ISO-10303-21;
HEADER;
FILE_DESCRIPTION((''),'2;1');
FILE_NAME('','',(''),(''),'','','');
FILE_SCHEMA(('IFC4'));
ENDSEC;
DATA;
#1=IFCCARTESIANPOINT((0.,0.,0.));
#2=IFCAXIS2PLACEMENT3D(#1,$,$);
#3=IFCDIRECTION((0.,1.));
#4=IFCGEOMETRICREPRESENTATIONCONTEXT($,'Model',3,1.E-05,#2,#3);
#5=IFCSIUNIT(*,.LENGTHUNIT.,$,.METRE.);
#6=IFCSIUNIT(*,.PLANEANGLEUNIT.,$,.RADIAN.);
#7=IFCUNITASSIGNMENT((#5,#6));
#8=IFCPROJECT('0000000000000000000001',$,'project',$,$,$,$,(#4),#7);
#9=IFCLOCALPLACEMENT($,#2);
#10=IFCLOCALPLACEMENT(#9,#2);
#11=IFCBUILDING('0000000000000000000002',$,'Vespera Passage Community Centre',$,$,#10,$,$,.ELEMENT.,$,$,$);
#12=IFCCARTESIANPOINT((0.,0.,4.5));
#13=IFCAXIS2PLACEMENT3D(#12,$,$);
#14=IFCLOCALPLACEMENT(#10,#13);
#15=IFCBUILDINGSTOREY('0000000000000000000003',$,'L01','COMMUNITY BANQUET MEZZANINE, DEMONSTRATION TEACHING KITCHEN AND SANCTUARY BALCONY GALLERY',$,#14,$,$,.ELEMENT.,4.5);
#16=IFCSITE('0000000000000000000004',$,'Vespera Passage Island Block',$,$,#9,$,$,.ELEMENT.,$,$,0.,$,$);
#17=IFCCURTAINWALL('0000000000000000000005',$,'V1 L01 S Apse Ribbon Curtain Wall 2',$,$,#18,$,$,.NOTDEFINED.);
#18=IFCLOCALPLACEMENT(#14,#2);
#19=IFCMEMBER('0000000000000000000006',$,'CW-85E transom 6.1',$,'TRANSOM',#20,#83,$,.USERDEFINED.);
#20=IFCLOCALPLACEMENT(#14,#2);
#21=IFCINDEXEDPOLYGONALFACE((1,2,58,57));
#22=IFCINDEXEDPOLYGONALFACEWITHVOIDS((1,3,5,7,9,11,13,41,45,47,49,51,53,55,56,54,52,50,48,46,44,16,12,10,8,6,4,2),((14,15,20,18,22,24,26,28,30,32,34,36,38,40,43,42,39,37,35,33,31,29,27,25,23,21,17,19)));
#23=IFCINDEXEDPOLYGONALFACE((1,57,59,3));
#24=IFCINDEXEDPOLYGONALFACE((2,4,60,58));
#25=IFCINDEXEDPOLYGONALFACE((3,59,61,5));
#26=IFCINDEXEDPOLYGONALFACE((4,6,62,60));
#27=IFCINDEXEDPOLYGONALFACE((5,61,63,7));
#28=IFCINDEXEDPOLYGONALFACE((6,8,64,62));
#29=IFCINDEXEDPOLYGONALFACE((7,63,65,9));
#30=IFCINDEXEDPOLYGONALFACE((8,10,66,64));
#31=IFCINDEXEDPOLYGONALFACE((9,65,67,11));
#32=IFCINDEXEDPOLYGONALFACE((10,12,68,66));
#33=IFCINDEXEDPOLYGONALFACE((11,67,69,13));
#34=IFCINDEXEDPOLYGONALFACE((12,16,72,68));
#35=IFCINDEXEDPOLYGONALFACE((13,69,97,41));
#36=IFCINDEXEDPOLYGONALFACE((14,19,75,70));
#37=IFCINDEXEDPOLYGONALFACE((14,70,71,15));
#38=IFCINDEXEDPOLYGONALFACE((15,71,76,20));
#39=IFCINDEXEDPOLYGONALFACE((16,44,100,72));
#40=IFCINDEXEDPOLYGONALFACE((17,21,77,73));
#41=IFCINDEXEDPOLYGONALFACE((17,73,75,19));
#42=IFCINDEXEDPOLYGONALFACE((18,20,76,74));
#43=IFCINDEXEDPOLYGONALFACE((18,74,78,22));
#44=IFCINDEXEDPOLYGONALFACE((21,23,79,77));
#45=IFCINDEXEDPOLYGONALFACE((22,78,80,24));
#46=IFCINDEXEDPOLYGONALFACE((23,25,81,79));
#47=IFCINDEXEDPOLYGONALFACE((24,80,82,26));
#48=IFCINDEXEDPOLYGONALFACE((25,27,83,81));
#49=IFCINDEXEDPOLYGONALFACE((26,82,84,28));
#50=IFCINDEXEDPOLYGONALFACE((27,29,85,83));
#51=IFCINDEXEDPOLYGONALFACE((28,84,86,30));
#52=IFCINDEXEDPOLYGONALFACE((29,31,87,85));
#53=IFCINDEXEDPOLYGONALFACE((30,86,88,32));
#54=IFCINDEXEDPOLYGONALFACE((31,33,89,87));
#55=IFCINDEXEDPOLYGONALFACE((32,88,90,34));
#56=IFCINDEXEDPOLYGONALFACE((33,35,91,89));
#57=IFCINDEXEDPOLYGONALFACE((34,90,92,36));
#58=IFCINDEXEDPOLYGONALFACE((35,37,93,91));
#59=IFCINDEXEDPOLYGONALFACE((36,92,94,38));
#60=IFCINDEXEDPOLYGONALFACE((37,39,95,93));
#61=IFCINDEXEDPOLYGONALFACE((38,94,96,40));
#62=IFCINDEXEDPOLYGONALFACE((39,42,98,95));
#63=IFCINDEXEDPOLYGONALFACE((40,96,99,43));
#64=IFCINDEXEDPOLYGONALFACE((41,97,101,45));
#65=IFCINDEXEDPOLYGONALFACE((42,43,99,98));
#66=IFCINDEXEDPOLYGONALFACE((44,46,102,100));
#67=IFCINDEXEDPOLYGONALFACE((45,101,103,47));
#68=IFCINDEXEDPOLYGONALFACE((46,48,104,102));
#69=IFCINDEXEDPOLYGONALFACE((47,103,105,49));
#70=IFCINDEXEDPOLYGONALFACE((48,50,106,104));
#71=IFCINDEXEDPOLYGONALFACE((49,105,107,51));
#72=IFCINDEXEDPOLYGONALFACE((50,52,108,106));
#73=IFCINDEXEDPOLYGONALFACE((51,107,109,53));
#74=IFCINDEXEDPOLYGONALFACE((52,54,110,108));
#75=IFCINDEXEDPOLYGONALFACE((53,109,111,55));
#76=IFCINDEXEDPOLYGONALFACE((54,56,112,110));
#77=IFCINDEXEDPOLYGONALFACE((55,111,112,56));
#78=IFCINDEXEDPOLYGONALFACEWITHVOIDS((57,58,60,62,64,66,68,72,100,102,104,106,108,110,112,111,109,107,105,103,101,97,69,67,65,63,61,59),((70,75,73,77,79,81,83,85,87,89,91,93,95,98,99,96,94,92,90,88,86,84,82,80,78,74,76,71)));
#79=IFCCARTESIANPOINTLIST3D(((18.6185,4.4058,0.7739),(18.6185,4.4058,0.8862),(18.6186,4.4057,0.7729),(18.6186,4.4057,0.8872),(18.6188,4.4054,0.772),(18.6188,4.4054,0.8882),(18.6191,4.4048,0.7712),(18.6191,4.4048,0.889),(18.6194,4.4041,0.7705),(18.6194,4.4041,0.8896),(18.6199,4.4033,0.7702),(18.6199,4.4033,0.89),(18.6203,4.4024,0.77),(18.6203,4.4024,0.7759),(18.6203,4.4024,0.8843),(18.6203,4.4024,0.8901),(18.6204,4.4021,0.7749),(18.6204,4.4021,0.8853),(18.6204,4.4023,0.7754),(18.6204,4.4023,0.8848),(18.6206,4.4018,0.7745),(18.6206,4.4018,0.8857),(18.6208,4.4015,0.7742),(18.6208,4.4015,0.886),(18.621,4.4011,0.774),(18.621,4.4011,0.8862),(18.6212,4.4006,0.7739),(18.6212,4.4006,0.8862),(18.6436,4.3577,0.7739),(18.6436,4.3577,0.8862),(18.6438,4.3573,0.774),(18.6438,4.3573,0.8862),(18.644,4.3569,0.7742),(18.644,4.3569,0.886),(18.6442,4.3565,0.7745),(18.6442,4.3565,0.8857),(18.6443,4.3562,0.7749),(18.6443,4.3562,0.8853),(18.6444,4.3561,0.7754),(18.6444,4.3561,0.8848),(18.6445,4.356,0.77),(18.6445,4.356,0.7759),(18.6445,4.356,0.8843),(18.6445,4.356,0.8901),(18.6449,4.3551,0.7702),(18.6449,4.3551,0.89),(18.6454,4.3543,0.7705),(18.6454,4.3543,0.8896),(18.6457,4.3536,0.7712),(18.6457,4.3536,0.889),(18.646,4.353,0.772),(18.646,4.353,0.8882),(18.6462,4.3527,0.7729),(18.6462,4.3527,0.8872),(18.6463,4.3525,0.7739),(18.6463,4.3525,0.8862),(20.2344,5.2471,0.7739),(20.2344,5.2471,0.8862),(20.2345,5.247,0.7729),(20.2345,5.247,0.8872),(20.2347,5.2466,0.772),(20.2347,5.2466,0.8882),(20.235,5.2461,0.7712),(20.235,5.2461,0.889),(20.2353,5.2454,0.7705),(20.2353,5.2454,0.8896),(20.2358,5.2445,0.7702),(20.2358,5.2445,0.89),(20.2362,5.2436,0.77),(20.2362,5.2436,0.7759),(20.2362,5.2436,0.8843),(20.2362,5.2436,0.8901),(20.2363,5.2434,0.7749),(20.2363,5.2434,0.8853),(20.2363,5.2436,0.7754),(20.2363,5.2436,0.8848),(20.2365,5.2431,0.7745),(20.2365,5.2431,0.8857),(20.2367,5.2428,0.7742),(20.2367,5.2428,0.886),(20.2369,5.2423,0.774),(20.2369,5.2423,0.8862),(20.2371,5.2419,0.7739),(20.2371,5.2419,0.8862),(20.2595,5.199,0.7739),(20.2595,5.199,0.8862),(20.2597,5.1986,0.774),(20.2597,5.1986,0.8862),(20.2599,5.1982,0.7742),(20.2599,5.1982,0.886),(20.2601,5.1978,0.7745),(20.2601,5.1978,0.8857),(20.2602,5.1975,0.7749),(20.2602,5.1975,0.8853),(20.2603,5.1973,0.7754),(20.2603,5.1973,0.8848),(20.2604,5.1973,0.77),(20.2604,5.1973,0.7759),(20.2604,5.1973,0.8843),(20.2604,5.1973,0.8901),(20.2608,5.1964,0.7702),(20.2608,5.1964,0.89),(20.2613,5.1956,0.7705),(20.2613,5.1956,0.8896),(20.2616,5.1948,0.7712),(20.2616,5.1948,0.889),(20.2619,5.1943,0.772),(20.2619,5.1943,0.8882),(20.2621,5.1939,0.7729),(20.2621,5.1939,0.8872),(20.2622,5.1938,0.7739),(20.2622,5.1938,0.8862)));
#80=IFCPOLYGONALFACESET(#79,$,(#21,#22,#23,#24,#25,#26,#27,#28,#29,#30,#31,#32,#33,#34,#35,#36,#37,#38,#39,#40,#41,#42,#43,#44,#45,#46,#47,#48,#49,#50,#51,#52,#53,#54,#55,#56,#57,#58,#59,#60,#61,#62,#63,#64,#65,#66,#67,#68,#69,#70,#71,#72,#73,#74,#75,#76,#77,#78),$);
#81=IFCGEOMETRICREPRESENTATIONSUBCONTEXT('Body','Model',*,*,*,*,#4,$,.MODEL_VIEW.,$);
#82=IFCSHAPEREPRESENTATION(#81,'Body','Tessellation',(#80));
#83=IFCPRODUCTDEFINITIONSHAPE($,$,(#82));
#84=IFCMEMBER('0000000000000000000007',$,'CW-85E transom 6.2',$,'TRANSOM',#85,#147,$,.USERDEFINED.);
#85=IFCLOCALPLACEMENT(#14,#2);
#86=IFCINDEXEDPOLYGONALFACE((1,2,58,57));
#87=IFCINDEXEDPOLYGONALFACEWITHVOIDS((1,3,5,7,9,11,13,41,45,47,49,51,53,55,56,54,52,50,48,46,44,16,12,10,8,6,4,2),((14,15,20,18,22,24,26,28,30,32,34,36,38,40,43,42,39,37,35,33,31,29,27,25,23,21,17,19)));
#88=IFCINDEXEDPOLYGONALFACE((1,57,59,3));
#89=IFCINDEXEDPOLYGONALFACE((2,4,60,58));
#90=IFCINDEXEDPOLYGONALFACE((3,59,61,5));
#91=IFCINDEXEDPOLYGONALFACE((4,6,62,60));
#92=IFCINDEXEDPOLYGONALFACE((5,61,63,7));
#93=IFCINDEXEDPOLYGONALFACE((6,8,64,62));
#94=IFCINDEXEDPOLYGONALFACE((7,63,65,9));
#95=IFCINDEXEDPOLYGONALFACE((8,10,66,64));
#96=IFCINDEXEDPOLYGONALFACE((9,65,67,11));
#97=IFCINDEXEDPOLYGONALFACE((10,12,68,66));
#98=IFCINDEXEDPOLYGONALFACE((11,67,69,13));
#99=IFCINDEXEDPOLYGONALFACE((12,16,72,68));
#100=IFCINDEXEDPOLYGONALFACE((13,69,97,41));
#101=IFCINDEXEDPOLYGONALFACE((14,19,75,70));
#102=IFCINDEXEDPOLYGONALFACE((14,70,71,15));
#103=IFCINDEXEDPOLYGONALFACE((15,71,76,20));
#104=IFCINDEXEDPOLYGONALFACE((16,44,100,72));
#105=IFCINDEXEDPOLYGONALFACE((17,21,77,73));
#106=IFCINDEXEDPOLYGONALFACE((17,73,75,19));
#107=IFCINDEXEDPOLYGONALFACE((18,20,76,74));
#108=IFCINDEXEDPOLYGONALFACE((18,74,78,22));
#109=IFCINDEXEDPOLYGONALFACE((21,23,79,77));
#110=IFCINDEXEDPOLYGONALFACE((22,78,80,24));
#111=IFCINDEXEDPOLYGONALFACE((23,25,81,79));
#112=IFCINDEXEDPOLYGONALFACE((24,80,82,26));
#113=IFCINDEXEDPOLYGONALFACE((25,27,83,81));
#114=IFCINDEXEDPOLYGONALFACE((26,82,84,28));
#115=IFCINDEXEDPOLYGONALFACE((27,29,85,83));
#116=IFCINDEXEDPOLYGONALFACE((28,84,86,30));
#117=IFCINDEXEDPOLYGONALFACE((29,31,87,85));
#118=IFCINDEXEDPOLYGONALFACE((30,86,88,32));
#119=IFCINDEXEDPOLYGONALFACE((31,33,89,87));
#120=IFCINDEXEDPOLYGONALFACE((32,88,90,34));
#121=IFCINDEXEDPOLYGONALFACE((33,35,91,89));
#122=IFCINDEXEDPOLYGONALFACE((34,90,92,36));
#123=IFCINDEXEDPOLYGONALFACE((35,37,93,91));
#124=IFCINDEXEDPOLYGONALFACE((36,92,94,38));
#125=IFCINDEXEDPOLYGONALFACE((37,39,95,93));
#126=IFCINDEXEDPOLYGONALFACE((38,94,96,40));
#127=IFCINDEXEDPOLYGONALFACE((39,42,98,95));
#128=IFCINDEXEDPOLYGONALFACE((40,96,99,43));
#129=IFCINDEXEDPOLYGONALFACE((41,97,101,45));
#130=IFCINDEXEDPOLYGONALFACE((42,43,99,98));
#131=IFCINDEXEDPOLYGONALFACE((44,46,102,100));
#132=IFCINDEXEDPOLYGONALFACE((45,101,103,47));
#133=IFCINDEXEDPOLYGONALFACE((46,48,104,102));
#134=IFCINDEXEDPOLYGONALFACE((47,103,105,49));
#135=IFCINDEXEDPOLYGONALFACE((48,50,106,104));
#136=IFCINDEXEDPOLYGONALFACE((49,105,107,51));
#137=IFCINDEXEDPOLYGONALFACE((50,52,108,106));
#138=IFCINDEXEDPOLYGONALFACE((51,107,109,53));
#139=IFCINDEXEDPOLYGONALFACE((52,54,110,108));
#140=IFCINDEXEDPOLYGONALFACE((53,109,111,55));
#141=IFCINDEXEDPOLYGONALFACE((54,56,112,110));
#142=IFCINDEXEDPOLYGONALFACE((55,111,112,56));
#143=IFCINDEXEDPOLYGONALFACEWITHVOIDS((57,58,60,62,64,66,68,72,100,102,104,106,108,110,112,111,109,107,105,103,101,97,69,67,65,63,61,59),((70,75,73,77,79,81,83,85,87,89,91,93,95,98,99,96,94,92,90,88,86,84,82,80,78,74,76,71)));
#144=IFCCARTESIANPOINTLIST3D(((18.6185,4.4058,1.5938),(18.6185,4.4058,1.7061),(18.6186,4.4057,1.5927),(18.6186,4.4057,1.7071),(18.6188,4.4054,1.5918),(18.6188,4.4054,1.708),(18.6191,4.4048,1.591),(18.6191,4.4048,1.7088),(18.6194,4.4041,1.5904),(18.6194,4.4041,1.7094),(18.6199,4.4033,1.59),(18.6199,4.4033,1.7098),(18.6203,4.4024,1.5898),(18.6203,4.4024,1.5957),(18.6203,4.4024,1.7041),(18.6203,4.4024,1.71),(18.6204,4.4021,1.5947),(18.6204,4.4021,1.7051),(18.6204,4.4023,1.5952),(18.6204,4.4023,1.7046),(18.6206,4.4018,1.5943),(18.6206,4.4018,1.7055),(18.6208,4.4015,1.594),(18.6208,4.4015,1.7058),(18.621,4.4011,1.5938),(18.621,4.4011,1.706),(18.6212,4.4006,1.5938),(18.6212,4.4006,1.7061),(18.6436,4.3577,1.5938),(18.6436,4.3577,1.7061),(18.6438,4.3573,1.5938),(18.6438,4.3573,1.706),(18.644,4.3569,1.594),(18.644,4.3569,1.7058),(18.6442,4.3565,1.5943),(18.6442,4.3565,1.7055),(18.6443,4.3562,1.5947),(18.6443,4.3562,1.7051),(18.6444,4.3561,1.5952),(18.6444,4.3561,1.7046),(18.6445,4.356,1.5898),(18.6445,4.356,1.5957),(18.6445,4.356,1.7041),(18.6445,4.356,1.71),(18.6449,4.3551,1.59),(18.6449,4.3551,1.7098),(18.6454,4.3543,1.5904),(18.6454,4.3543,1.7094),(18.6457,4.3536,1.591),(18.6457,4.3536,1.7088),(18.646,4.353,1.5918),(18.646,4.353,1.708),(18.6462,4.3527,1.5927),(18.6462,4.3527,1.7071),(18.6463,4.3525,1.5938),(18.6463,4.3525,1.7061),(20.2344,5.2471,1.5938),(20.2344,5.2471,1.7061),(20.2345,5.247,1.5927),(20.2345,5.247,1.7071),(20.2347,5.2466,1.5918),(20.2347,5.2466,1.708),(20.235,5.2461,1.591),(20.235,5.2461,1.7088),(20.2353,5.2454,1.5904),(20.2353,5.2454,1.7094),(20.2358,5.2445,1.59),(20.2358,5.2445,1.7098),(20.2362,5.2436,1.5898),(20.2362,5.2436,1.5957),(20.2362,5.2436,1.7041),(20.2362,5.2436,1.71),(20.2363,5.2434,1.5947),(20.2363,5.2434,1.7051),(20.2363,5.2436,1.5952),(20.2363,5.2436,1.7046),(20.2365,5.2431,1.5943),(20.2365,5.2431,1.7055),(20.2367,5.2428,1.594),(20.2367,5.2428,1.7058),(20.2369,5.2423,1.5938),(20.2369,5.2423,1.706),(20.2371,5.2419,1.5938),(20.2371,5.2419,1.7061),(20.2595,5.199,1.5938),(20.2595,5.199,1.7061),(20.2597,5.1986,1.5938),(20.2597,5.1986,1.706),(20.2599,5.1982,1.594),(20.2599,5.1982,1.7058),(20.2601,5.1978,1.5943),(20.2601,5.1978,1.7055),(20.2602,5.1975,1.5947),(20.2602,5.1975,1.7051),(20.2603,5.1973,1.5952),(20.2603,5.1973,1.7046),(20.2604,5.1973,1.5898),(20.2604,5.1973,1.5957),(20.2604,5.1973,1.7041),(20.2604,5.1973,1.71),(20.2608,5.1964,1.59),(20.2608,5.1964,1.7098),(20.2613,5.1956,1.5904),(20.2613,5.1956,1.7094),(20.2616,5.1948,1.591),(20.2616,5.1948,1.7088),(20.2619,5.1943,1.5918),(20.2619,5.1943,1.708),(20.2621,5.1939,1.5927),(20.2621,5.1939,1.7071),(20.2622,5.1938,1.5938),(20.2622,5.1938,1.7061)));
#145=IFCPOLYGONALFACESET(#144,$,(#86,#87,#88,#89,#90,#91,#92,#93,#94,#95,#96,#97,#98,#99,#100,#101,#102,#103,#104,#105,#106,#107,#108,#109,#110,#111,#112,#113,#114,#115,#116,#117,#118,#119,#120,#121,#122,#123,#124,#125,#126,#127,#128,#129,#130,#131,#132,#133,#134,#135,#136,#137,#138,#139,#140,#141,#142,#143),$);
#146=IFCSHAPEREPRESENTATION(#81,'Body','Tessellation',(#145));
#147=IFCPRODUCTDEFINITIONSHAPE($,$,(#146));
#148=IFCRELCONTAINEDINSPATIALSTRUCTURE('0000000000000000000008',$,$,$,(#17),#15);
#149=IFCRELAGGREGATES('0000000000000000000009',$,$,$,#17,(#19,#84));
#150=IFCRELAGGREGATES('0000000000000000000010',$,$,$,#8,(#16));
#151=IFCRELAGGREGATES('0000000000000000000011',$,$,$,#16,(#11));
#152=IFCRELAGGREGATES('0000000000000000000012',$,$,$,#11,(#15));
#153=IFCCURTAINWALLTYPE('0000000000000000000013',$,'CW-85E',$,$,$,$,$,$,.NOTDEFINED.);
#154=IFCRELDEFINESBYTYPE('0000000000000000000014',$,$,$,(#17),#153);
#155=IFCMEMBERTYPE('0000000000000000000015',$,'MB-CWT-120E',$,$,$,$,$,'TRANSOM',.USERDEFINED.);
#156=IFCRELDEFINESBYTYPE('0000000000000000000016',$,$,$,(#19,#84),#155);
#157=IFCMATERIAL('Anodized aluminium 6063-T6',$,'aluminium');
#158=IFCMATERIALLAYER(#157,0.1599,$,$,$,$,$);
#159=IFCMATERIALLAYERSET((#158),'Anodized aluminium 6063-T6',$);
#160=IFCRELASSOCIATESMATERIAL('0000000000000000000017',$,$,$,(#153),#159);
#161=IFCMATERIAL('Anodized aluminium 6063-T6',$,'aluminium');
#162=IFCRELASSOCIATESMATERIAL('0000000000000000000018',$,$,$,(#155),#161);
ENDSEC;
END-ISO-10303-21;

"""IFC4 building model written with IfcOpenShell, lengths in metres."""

from ifc_helpers import new_model, si_unit, direction, frame, origin, origin_2d, place, context, subcontext, project, spatial, hollow_rectangle, extrude, material, layer, layer_set, material_profile, profile_set, type_object, element, aggregate, save


model = new_model("IFC4")

# Units and contexts
model_context = context("Model", 3, precision=1e-05, world=origin(), true_north=direction((0.0, 1.0)))
body_context = subcontext(model_context, "Body", "Model", "MODEL_VIEW")
ifc_project = project(units=[si_unit("LENGTHUNIT", "METRE"), si_unit("PLANEANGLEUNIT", "RADIAN")], contexts=[model_context])

# Site, building, storey
site_placement = place(None, origin())
site = spatial("IfcSite", under=ifc_project, at=site_placement, Name="Vespera Passage Island Block", CompositionType="ELEMENT", RefElevation=0.0)
building_placement = place(site_placement, origin())
building = spatial("IfcBuilding", under=site, at=building_placement, Name="Vespera Passage Community Centre", CompositionType="ELEMENT")
storey_placement = place(building_placement, frame((0.0, 0.0, 4.5)))
storey = spatial("IfcBuildingStorey", under=building, at=storey_placement, Name="L01", Description="COMMUNITY BANQUET MEZZANINE, DEMONSTRATION TEACHING KITCHEN AND SANCTUARY BALCONY GALLERY", CompositionType="ELEMENT", Elevation=4.5)

# Curtain wall, members
ifc_material_1 = material(Name="Anodized aluminium 6063-T6", Category="aluminium")
ifc_layer_1 = layer(ifc_material_1, 0.1599)
ifc_layer_set_1 = layer_set([ifc_layer_1], Name="Anodized aluminium 6063-T6")
curtain_wall_type = type_object("IfcCurtainWallType", Name="CW-85E", PredefinedType="NOTDEFINED", material=ifc_layer_set_1)
curtain_wall_placement = place(storey_placement, origin())
curtain_wall = element("IfcCurtainWall", 1, at=curtain_wall_placement, inside=storey, type_object=curtain_wall_type, Name="V1 L01 S Apse Ribbon Curtain Wall 2", PredefinedType="NOTDEFINED")
ifc_material_2 = material(Name="Anodized aluminium 6063-T6", Category="aluminium")
ifc_material_profile_1 = material_profile(ifc_material_2, hollow_rectangle(XDim=0.0601, YDim=0.1201, WallThickness=0.0039, InnerFilletRadius=0.002, OuterFilletRadius=0.0039, at=origin_2d()), Name="ALU120X60X4")
ifc_profile_set_1 = profile_set([ifc_material_profile_1], Name="Anodized aluminium 6063-T6")
member_type_1 = type_object("IfcMemberType", Name="MB-CWT-120E", ElementType="TRANSOM", PredefinedType="USERDEFINED", material=ifc_profile_set_1)
member_1_placement = place(storey_placement, frame((20.2483, 5.2205, 0.8301), z_axis=(-0.886991, -0.461787, 0.0), x_axis=(0.461787, -0.886991, 0.0)))
member_1 = element("IfcMember", 2, at=member_1_placement, type_object=member_type_1, Name="CW-85E transom 6.1", ObjectType="TRANSOM", PredefinedType="USERDEFINED", context=body_context, shape_type="SweptSolid", body=[
    extrude(hollow_rectangle(XDim=0.0601, YDim=0.1201, WallThickness=0.0039, InnerFilletRadius=0.002, OuterFilletRadius=0.0039, at=origin_2d()), origin(), (0.0, 0.0, 1.0), 1.8218),
])
member_2_placement = place(storey_placement, frame((20.2483, 5.2205, 1.6499), z_axis=(-0.886991, -0.461787, 0.0), x_axis=(0.461787, -0.886991, 0.0)))
member_2 = element("IfcMember", 3, at=member_2_placement, type_object=member_type_1, Name="CW-85E transom 6.2", ObjectType="TRANSOM", PredefinedType="USERDEFINED", context=body_context, shape_type="SweptSolid", body=[
    extrude(hollow_rectangle(XDim=0.0601, YDim=0.1201, WallThickness=0.0039, InnerFilletRadius=0.002, OuterFilletRadius=0.0039, at=origin_2d()), origin(), (0.0, 0.0, 1.0), 1.8218),
])
aggregate(curtain_wall, [member_1, member_2])

save(model, "model.ifc")
